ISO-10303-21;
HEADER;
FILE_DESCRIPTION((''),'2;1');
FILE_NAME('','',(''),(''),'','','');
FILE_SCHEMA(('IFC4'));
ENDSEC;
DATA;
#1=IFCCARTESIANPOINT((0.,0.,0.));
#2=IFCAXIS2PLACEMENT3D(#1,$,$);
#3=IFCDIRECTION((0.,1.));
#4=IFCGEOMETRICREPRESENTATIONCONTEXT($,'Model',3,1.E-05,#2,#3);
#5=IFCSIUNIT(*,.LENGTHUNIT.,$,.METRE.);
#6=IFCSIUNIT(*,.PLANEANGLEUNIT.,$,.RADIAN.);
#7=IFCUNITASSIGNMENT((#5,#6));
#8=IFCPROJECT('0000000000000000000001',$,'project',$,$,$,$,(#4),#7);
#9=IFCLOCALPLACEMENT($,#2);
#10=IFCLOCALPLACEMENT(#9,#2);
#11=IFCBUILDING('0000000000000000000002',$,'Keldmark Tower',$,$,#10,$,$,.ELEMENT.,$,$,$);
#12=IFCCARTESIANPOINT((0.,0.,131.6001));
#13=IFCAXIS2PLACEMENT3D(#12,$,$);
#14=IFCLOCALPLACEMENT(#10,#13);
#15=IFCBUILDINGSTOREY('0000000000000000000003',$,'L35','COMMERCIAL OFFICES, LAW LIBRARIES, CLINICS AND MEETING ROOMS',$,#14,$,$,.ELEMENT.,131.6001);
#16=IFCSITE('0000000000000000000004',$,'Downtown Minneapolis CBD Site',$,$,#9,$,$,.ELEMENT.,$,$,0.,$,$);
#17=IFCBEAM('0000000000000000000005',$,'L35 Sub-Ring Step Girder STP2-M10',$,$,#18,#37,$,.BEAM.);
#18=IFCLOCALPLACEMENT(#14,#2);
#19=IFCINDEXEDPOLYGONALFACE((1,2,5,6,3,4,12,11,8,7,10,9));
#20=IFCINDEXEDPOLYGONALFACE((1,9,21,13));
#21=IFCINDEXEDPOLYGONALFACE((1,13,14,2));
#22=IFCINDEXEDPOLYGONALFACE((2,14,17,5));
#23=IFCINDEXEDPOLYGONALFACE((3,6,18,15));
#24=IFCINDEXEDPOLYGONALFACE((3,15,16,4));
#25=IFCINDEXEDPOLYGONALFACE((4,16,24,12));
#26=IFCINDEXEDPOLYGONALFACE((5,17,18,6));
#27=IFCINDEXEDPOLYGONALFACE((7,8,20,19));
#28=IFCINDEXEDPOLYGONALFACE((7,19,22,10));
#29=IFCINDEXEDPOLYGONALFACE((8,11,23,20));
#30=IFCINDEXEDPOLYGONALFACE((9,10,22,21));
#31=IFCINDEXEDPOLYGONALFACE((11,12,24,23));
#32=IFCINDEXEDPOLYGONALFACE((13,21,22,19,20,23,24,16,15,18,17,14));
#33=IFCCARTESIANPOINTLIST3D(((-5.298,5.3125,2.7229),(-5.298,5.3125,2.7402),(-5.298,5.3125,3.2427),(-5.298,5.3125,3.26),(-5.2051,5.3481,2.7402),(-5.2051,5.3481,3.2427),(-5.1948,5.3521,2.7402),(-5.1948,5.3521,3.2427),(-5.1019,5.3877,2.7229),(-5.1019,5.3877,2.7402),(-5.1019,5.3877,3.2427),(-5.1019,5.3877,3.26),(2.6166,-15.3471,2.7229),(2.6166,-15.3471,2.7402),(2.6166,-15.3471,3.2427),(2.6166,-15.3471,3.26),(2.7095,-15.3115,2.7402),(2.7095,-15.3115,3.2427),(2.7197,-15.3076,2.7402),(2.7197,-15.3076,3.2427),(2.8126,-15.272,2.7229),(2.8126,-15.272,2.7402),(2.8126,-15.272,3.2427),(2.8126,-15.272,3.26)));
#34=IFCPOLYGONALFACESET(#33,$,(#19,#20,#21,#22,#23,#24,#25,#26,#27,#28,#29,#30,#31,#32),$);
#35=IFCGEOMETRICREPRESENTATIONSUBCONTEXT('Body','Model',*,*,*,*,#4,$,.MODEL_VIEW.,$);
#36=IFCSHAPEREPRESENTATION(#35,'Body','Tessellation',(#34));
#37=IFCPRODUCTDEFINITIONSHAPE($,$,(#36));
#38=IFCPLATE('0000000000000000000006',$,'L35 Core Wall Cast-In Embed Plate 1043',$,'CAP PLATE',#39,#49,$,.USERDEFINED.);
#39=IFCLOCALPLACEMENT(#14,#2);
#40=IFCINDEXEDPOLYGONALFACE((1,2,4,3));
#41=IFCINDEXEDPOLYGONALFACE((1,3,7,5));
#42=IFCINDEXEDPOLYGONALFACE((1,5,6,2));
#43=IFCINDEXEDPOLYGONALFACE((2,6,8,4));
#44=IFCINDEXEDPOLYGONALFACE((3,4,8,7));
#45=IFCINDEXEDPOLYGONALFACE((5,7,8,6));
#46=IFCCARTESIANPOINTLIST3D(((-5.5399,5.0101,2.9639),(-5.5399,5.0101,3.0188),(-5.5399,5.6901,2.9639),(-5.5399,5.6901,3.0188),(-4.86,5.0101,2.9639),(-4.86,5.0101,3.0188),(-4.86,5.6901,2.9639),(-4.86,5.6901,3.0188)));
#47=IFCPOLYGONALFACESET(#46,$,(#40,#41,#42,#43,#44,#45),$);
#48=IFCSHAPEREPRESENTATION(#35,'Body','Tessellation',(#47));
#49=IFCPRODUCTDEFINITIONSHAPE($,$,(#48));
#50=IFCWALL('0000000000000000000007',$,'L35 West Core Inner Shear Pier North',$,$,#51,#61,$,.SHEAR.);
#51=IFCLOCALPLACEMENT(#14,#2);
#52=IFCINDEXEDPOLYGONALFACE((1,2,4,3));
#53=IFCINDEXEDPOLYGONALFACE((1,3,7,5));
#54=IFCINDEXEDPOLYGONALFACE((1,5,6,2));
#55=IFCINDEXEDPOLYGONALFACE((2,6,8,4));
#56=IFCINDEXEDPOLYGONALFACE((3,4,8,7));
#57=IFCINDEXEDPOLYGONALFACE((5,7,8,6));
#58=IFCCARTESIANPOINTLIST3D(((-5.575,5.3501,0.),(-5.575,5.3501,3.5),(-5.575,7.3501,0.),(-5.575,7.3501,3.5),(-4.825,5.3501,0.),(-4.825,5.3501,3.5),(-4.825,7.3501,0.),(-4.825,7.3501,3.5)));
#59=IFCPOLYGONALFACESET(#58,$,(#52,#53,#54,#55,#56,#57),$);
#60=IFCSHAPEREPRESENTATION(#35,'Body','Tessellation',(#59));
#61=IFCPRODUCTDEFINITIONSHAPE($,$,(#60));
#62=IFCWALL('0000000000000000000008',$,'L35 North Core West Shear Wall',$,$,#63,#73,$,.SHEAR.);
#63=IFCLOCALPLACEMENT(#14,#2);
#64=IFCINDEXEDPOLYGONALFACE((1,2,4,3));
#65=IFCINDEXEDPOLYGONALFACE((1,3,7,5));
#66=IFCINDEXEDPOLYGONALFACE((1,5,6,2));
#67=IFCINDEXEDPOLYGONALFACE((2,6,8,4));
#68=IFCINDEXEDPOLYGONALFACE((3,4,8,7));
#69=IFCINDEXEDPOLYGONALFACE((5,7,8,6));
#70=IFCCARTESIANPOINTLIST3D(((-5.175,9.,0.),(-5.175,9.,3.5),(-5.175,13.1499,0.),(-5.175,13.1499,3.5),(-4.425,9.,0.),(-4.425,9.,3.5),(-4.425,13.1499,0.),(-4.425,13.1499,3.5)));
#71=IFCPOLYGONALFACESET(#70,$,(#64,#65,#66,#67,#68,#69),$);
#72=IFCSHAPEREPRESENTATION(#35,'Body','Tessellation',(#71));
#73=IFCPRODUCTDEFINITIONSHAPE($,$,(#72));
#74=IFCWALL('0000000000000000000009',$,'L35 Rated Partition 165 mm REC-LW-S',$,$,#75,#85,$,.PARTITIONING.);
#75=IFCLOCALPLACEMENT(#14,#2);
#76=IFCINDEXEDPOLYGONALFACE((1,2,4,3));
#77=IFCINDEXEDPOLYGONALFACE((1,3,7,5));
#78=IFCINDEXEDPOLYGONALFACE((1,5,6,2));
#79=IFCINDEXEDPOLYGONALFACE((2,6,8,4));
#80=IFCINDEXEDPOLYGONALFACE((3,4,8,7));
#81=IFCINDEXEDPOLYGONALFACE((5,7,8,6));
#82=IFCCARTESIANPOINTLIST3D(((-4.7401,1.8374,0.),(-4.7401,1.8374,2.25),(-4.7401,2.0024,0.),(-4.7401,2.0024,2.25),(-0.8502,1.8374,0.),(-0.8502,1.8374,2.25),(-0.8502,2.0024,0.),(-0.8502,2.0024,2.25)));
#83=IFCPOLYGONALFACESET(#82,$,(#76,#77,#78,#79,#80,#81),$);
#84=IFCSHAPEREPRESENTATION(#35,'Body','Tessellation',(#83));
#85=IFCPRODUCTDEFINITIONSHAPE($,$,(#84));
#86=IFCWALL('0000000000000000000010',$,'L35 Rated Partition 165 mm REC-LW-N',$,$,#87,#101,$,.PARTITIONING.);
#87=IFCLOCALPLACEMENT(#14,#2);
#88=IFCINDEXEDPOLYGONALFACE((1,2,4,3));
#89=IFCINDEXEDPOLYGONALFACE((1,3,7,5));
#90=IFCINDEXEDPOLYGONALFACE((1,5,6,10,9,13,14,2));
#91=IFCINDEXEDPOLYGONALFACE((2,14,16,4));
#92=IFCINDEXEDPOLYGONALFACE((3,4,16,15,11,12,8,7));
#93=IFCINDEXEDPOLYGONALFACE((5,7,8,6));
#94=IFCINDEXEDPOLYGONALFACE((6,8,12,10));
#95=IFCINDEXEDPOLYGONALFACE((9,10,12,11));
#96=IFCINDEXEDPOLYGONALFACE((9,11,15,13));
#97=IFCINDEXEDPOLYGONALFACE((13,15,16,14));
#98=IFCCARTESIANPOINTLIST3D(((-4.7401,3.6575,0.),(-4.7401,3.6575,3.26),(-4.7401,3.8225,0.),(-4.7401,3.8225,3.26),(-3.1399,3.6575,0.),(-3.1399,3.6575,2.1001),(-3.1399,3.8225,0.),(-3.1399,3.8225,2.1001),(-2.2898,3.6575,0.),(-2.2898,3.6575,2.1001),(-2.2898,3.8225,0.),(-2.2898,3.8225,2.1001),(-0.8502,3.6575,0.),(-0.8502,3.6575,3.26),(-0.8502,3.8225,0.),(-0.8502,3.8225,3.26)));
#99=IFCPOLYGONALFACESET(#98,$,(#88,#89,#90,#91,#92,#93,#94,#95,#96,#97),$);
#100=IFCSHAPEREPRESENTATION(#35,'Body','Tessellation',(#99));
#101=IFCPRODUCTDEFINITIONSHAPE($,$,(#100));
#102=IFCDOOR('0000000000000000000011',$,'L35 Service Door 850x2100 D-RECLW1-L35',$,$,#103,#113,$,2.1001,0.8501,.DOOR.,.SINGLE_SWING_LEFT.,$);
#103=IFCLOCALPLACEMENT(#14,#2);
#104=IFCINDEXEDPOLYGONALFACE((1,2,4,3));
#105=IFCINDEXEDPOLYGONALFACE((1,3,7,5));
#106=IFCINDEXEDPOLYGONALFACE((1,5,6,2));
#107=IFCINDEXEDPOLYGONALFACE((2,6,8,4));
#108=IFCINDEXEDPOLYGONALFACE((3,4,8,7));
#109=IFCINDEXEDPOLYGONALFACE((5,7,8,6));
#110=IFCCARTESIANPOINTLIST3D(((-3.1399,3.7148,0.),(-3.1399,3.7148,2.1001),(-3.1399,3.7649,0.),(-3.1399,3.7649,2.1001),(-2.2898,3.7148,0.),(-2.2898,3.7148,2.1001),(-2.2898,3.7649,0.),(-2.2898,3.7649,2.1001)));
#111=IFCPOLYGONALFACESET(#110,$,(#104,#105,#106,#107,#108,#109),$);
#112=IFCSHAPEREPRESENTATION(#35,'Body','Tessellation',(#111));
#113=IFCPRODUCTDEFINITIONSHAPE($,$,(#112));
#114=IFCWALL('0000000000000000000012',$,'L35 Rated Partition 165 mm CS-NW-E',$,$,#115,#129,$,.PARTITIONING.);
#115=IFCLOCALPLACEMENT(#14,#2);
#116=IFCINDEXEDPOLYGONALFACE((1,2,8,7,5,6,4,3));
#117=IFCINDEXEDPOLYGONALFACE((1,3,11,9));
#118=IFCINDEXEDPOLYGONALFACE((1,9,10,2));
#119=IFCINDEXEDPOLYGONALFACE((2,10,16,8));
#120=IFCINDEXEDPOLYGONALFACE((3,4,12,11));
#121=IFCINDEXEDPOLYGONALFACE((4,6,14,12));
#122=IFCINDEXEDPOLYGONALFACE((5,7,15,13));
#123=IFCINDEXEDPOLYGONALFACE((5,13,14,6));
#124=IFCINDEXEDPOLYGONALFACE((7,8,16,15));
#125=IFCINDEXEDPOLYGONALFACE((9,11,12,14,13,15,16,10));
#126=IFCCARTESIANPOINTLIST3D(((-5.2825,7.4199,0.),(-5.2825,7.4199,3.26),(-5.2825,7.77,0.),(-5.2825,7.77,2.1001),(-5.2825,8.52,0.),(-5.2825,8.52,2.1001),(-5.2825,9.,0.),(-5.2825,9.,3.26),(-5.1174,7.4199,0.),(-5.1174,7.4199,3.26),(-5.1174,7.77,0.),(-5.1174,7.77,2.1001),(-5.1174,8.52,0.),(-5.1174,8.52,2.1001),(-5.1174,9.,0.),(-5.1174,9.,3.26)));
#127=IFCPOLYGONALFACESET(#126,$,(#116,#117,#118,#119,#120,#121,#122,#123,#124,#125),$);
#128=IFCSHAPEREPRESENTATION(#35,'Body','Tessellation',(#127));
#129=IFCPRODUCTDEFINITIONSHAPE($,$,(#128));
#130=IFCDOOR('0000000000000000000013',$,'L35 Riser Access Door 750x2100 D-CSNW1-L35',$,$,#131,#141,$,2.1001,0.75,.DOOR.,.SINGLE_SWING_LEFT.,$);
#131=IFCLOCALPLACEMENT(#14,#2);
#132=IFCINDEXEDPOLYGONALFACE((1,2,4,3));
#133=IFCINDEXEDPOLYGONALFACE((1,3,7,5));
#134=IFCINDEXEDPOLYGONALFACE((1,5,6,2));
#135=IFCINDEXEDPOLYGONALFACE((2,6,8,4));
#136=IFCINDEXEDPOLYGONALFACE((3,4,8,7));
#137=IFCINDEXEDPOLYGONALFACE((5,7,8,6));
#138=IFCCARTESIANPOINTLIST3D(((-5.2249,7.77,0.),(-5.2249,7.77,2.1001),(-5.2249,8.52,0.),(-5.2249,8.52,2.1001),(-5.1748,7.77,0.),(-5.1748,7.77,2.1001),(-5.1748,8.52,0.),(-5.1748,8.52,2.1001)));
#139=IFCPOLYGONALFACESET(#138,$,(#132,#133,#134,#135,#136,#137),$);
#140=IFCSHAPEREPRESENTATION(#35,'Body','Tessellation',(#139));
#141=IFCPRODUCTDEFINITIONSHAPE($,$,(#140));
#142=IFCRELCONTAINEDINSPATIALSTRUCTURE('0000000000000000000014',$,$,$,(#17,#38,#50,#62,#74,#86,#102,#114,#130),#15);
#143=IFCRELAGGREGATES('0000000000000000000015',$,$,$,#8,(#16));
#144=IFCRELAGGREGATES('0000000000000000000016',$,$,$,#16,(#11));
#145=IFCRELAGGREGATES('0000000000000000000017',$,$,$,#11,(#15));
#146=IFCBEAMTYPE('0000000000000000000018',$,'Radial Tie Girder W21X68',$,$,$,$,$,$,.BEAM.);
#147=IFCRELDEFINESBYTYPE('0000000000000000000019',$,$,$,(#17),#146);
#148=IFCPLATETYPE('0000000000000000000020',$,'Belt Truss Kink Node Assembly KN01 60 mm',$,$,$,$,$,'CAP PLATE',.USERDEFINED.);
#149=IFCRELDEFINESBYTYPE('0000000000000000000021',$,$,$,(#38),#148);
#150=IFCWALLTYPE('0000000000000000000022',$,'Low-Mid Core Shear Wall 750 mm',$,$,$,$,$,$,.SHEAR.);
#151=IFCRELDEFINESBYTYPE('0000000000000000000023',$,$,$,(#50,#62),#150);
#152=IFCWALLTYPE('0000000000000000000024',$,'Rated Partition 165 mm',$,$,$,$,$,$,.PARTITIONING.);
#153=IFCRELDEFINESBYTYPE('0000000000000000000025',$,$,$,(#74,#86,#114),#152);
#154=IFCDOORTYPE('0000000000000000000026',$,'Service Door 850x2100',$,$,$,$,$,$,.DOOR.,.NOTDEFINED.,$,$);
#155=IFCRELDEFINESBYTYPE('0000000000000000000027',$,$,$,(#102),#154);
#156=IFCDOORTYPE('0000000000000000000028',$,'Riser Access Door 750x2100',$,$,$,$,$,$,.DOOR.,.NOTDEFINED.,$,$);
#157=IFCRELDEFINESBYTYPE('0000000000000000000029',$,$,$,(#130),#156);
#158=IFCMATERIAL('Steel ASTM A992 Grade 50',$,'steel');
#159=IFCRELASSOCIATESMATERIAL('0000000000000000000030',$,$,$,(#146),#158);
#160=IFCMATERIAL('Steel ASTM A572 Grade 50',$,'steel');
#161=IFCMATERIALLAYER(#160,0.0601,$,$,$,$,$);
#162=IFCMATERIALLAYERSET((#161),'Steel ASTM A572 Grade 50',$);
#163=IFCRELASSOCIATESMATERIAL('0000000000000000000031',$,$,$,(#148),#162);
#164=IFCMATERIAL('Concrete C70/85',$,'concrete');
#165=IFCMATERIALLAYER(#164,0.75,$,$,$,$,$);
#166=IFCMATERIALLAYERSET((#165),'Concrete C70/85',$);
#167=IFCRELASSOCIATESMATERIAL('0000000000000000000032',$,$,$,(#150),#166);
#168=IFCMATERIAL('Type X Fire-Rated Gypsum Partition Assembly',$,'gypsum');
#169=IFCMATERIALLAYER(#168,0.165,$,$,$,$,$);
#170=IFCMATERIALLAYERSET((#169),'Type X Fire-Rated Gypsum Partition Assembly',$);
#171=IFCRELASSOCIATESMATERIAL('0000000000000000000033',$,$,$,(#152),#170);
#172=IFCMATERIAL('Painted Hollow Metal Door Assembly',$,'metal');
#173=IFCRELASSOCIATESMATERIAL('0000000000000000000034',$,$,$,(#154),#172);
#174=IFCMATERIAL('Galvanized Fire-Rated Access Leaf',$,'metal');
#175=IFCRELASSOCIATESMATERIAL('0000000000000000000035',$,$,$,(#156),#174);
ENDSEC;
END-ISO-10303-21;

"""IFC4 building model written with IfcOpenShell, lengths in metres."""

from ifc_helpers import new_model, si_unit, direction, frame, frame_2d, origin, origin_2d, place, context, subcontext, project, spatial, rectangle, i_section, extrude, material, layer, layer_set, material_profile, profile_set, type_object, element, fill, save


model = new_model("IFC4")

# Units and contexts
model_context = context("Model", 3, precision=1e-05, world=origin(), true_north=direction((0.0, 1.0)))
body_context = subcontext(model_context, "Body", "Model", "MODEL_VIEW")
ifc_project = project(units=[si_unit("LENGTHUNIT", "METRE"), si_unit("PLANEANGLEUNIT", "RADIAN")], contexts=[model_context])

# Site, building, storey
site_placement = place(None, origin())
site = spatial("IfcSite", under=ifc_project, at=site_placement, Name="Downtown Minneapolis CBD Site", CompositionType="ELEMENT", RefElevation=0.0)
building_placement = place(site_placement, origin())
building = spatial("IfcBuilding", under=site, at=building_placement, Name="Keldmark Tower", CompositionType="ELEMENT")
storey_placement = place(building_placement, frame((0.0, 0.0, 131.6001)))
storey = spatial("IfcBuildingStorey", under=building, at=storey_placement, Name="L35", Description="COMMERCIAL OFFICES, LAW LIBRARIES, CLINICS AND MEETING ROOMS", CompositionType="ELEMENT", Elevation=131.6001)

# Beam
ifc_material_1 = material(Name="Steel ASTM A992 Grade 50", Category="steel")
ifc_material_profile = material_profile(ifc_material_1, i_section(OverallWidth=0.21, OverallDepth=0.5371, WebThickness=0.011, FlangeThickness=0.0173, at=origin_2d()), Name="W21X68")
ifc_profile_set = profile_set([ifc_material_profile], Name="Steel ASTM A992 Grade 50")
beam_type = type_object("IfcBeamType", Name="Radial Tie Girder W21X68", PredefinedType="BEAM", material=ifc_profile_set)
beam_placement = place(storey_placement, frame((-5.2, 5.3501, 2.9915), z_axis=(0.357739, -0.933821, 0.0), x_axis=(0.933821, 0.357739, 0.0)))
element("IfcBeam", 1, at=beam_placement, inside=storey, type_object=beam_type, Name="L35 Sub-Ring Step Girder STP2-M10", PredefinedType="BEAM", context=body_context, shape_type="SweptSolid", body=[
    extrude(i_section(OverallWidth=0.21, OverallDepth=0.5371, WebThickness=0.011, FlangeThickness=0.0173, at=origin_2d()), origin(), (0.0, 0.0, 1.0), 22.1238),
])

# Plate
ifc_material_2 = material(Name="Steel ASTM A572 Grade 50", Category="steel")
ifc_layer_1 = layer(ifc_material_2, 0.0601)
ifc_layer_set_1 = layer_set([ifc_layer_1], Name="Steel ASTM A572 Grade 50")
plate_type = type_object("IfcPlateType", Name="Belt Truss Kink Node Assembly KN01 60 mm", ElementType="CAP PLATE", PredefinedType="USERDEFINED", material=ifc_layer_set_1)
plate_placement = place(storey_placement, frame((-5.2, 5.3501, 2.9639), z_axis=(0.0, 0.0, 1.0), x_axis=(1.0, 0.0, 0.0)))
element("IfcPlate", 2, at=plate_placement, inside=storey, type_object=plate_type, Name="L35 Core Wall Cast-In Embed Plate 1043", ObjectType="CAP PLATE", PredefinedType="USERDEFINED", context=body_context, shape_type="SweptSolid", body=[
    extrude(rectangle(XDim=0.6799, YDim=0.6799, at=origin_2d()), origin(), (0.0, 0.0, 1.0), 0.0549),
])

# Shared definitions
ifc_material_3 = material(Name="Concrete C70/85", Category="concrete")
ifc_layer_2 = layer(ifc_material_3, 0.75)
ifc_layer_set_2 = layer_set([ifc_layer_2], Name="Concrete C70/85")
wall_type_1 = type_object("IfcWallType", Name="Low-Mid Core Shear Wall 750 mm", PredefinedType="SHEAR", material=ifc_layer_set_2)

# Walls
wall_1_placement = place(storey_placement, frame((-5.2, 5.3501, 0.0), z_axis=(0.0, 0.0, 1.0), x_axis=(0.0, 1.0, 0.0)))
element("IfcWall", 3, at=wall_1_placement, inside=storey, type_object=wall_type_1, Name="L35 West Core Inner Shear Pier North", PredefinedType="SHEAR", context=body_context, shape_type="SweptSolid", body=[
    extrude(rectangle(XDim=2.0, YDim=0.75, at=frame_2d((1.0, 0.0))), origin(), (0.0, 0.0, 1.0), 3.5),
])
wall_2_placement = place(storey_placement, frame((-4.8, 9.0, 0.0), z_axis=(0.0, 0.0, 1.0), x_axis=(0.0, 1.0, 0.0)))
element("IfcWall", 4, at=wall_2_placement, inside=storey, type_object=wall_type_1, Name="L35 North Core West Shear Wall", PredefinedType="SHEAR", context=body_context, shape_type="SweptSolid", body=[
    extrude(rectangle(XDim=4.1499, YDim=0.75, at=frame_2d((2.075, 0.0))), origin(), (0.0, 0.0, 1.0), 3.5),
])
ifc_material_4 = material(Name="Type X Fire-Rated Gypsum Partition Assembly", Category="gypsum")
ifc_layer_3 = layer(ifc_material_4, 0.165)
ifc_layer_set_3 = layer_set([ifc_layer_3], Name="Type X Fire-Rated Gypsum Partition Assembly")
wall_type_2 = type_object("IfcWallType", Name="Rated Partition 165 mm", PredefinedType="PARTITIONING", material=ifc_layer_set_3)
wall_3_placement = place(storey_placement, frame((-4.74, 1.9199, 0.0), z_axis=(0.0, 0.0, 1.0), x_axis=(1.0, 0.0, 0.0)))
element("IfcWall", 5, at=wall_3_placement, inside=storey, type_object=wall_type_2, Name="L35 Rated Partition 165 mm REC-LW-S", PredefinedType="PARTITIONING", context=body_context, shape_type="SweptSolid", body=[
    extrude(rectangle(XDim=3.8899, YDim=0.165, at=frame_2d((1.9448, 0.0))), origin(), (0.0, 0.0, 1.0), 2.25),
])

# Walls, openings, doors
wall_4_placement = place(storey_placement, frame((-4.74, 3.74, 0.0), z_axis=(0.0, 0.0, 1.0), x_axis=(1.0, 0.0, 0.0)))
wall_4 = element("IfcWall", 6, at=wall_4_placement, inside=storey, type_object=wall_type_2, Name="L35 Rated Partition 165 mm REC-LW-N", PredefinedType="PARTITIONING", context=body_context, shape_type="SweptSolid", body=[
    extrude(rectangle(XDim=3.8899, YDim=0.165, at=frame_2d((1.9448, 0.0))), origin(), (0.0, 0.0, 1.0), 3.26),
])
opening_1_placement = place(wall_4_placement, frame((1.6001, 0.0, 0.0)))
opening_1 = element("IfcOpeningElement", 7, at=opening_1_placement, cuts=wall_4, PredefinedType="OPENING", context=body_context, shape_type="SweptSolid", body=[
    extrude(rectangle(XDim=0.8501, YDim=2.1001, at=frame_2d((0.425, 1.05))), frame((0.0, 0.0925, 0.0), z_axis=(0.0, -1.0, 0.0), x_axis=(1.0, 0.0, 0.0)), (0.0, 0.0, 1.0), 0.1851),
])
ifc_material_5 = material(Name="Painted Hollow Metal Door Assembly", Category="metal")
door_type_1 = type_object("IfcDoorType", Name="Service Door 850x2100", OperationType="NOTDEFINED", PredefinedType="DOOR", material=ifc_material_5)
door_1_placement = place(opening_1_placement, origin())
door_1 = element("IfcDoor", 8, at=door_1_placement, inside=storey, type_object=door_type_1, Name="L35 Service Door 850x2100 D-RECLW1-L35", OperationType="SINGLE_SWING_LEFT", OverallHeight=2.1001, OverallWidth=0.8501, PredefinedType="DOOR", context=body_context, shape_type="SweptSolid", body=[
    extrude(rectangle(XDim=0.8501, YDim=2.1001, at=frame_2d((0.425, 1.05))), frame((0.0, 0.0249, 0.0), z_axis=(0.0, -1.0, 0.0), x_axis=(1.0, 0.0, 0.0)), (0.0, 0.0, 1.0), 0.05),
])
fill(opening_1, door_1)
wall_5_placement = place(storey_placement, frame((-5.2, 7.4199, 0.0), z_axis=(0.0, 0.0, 1.0), x_axis=(0.0, 1.0, 0.0)))
wall_5 = element("IfcWall", 9, at=wall_5_placement, inside=storey, type_object=wall_type_2, Name="L35 Rated Partition 165 mm CS-NW-E", PredefinedType="PARTITIONING", context=body_context, shape_type="SweptSolid", body=[
    extrude(rectangle(XDim=1.5801, YDim=0.165, at=frame_2d((0.79, 0.0))), origin(), (0.0, 0.0, 1.0), 3.26),
])
opening_2_placement = place(wall_5_placement, frame((0.3501, 0.0, 0.0)))
opening_2 = element("IfcOpeningElement", 10, at=opening_2_placement, cuts=wall_5, PredefinedType="OPENING", context=body_context, shape_type="SweptSolid", body=[
    extrude(rectangle(XDim=0.75, YDim=2.1001, at=frame_2d((0.375, 1.05))), frame((0.0, 0.0925, 0.0), z_axis=(0.0, -1.0, 0.0), x_axis=(1.0, 0.0, 0.0)), (0.0, 0.0, 1.0), 0.1851),
])
ifc_material_6 = material(Name="Galvanized Fire-Rated Access Leaf", Category="metal")
door_type_2 = type_object("IfcDoorType", Name="Riser Access Door 750x2100", OperationType="NOTDEFINED", PredefinedType="DOOR", material=ifc_material_6)
door_2_placement = place(opening_2_placement, origin())
door_2 = element("IfcDoor", 11, at=door_2_placement, inside=storey, type_object=door_type_2, Name="L35 Riser Access Door 750x2100 D-CSNW1-L35", OperationType="SINGLE_SWING_LEFT", OverallHeight=2.1001, OverallWidth=0.75, PredefinedType="DOOR", context=body_context, shape_type="SweptSolid", body=[
    extrude(rectangle(XDim=0.75, YDim=2.1001, at=frame_2d((0.375, 1.05))), frame((0.0, 0.0249, 0.0), z_axis=(0.0, -1.0, 0.0), x_axis=(1.0, 0.0, 0.0)), (0.0, 0.0, 1.0), 0.05),
])
fill(opening_2, door_2)

save(model, "model.ifc")
